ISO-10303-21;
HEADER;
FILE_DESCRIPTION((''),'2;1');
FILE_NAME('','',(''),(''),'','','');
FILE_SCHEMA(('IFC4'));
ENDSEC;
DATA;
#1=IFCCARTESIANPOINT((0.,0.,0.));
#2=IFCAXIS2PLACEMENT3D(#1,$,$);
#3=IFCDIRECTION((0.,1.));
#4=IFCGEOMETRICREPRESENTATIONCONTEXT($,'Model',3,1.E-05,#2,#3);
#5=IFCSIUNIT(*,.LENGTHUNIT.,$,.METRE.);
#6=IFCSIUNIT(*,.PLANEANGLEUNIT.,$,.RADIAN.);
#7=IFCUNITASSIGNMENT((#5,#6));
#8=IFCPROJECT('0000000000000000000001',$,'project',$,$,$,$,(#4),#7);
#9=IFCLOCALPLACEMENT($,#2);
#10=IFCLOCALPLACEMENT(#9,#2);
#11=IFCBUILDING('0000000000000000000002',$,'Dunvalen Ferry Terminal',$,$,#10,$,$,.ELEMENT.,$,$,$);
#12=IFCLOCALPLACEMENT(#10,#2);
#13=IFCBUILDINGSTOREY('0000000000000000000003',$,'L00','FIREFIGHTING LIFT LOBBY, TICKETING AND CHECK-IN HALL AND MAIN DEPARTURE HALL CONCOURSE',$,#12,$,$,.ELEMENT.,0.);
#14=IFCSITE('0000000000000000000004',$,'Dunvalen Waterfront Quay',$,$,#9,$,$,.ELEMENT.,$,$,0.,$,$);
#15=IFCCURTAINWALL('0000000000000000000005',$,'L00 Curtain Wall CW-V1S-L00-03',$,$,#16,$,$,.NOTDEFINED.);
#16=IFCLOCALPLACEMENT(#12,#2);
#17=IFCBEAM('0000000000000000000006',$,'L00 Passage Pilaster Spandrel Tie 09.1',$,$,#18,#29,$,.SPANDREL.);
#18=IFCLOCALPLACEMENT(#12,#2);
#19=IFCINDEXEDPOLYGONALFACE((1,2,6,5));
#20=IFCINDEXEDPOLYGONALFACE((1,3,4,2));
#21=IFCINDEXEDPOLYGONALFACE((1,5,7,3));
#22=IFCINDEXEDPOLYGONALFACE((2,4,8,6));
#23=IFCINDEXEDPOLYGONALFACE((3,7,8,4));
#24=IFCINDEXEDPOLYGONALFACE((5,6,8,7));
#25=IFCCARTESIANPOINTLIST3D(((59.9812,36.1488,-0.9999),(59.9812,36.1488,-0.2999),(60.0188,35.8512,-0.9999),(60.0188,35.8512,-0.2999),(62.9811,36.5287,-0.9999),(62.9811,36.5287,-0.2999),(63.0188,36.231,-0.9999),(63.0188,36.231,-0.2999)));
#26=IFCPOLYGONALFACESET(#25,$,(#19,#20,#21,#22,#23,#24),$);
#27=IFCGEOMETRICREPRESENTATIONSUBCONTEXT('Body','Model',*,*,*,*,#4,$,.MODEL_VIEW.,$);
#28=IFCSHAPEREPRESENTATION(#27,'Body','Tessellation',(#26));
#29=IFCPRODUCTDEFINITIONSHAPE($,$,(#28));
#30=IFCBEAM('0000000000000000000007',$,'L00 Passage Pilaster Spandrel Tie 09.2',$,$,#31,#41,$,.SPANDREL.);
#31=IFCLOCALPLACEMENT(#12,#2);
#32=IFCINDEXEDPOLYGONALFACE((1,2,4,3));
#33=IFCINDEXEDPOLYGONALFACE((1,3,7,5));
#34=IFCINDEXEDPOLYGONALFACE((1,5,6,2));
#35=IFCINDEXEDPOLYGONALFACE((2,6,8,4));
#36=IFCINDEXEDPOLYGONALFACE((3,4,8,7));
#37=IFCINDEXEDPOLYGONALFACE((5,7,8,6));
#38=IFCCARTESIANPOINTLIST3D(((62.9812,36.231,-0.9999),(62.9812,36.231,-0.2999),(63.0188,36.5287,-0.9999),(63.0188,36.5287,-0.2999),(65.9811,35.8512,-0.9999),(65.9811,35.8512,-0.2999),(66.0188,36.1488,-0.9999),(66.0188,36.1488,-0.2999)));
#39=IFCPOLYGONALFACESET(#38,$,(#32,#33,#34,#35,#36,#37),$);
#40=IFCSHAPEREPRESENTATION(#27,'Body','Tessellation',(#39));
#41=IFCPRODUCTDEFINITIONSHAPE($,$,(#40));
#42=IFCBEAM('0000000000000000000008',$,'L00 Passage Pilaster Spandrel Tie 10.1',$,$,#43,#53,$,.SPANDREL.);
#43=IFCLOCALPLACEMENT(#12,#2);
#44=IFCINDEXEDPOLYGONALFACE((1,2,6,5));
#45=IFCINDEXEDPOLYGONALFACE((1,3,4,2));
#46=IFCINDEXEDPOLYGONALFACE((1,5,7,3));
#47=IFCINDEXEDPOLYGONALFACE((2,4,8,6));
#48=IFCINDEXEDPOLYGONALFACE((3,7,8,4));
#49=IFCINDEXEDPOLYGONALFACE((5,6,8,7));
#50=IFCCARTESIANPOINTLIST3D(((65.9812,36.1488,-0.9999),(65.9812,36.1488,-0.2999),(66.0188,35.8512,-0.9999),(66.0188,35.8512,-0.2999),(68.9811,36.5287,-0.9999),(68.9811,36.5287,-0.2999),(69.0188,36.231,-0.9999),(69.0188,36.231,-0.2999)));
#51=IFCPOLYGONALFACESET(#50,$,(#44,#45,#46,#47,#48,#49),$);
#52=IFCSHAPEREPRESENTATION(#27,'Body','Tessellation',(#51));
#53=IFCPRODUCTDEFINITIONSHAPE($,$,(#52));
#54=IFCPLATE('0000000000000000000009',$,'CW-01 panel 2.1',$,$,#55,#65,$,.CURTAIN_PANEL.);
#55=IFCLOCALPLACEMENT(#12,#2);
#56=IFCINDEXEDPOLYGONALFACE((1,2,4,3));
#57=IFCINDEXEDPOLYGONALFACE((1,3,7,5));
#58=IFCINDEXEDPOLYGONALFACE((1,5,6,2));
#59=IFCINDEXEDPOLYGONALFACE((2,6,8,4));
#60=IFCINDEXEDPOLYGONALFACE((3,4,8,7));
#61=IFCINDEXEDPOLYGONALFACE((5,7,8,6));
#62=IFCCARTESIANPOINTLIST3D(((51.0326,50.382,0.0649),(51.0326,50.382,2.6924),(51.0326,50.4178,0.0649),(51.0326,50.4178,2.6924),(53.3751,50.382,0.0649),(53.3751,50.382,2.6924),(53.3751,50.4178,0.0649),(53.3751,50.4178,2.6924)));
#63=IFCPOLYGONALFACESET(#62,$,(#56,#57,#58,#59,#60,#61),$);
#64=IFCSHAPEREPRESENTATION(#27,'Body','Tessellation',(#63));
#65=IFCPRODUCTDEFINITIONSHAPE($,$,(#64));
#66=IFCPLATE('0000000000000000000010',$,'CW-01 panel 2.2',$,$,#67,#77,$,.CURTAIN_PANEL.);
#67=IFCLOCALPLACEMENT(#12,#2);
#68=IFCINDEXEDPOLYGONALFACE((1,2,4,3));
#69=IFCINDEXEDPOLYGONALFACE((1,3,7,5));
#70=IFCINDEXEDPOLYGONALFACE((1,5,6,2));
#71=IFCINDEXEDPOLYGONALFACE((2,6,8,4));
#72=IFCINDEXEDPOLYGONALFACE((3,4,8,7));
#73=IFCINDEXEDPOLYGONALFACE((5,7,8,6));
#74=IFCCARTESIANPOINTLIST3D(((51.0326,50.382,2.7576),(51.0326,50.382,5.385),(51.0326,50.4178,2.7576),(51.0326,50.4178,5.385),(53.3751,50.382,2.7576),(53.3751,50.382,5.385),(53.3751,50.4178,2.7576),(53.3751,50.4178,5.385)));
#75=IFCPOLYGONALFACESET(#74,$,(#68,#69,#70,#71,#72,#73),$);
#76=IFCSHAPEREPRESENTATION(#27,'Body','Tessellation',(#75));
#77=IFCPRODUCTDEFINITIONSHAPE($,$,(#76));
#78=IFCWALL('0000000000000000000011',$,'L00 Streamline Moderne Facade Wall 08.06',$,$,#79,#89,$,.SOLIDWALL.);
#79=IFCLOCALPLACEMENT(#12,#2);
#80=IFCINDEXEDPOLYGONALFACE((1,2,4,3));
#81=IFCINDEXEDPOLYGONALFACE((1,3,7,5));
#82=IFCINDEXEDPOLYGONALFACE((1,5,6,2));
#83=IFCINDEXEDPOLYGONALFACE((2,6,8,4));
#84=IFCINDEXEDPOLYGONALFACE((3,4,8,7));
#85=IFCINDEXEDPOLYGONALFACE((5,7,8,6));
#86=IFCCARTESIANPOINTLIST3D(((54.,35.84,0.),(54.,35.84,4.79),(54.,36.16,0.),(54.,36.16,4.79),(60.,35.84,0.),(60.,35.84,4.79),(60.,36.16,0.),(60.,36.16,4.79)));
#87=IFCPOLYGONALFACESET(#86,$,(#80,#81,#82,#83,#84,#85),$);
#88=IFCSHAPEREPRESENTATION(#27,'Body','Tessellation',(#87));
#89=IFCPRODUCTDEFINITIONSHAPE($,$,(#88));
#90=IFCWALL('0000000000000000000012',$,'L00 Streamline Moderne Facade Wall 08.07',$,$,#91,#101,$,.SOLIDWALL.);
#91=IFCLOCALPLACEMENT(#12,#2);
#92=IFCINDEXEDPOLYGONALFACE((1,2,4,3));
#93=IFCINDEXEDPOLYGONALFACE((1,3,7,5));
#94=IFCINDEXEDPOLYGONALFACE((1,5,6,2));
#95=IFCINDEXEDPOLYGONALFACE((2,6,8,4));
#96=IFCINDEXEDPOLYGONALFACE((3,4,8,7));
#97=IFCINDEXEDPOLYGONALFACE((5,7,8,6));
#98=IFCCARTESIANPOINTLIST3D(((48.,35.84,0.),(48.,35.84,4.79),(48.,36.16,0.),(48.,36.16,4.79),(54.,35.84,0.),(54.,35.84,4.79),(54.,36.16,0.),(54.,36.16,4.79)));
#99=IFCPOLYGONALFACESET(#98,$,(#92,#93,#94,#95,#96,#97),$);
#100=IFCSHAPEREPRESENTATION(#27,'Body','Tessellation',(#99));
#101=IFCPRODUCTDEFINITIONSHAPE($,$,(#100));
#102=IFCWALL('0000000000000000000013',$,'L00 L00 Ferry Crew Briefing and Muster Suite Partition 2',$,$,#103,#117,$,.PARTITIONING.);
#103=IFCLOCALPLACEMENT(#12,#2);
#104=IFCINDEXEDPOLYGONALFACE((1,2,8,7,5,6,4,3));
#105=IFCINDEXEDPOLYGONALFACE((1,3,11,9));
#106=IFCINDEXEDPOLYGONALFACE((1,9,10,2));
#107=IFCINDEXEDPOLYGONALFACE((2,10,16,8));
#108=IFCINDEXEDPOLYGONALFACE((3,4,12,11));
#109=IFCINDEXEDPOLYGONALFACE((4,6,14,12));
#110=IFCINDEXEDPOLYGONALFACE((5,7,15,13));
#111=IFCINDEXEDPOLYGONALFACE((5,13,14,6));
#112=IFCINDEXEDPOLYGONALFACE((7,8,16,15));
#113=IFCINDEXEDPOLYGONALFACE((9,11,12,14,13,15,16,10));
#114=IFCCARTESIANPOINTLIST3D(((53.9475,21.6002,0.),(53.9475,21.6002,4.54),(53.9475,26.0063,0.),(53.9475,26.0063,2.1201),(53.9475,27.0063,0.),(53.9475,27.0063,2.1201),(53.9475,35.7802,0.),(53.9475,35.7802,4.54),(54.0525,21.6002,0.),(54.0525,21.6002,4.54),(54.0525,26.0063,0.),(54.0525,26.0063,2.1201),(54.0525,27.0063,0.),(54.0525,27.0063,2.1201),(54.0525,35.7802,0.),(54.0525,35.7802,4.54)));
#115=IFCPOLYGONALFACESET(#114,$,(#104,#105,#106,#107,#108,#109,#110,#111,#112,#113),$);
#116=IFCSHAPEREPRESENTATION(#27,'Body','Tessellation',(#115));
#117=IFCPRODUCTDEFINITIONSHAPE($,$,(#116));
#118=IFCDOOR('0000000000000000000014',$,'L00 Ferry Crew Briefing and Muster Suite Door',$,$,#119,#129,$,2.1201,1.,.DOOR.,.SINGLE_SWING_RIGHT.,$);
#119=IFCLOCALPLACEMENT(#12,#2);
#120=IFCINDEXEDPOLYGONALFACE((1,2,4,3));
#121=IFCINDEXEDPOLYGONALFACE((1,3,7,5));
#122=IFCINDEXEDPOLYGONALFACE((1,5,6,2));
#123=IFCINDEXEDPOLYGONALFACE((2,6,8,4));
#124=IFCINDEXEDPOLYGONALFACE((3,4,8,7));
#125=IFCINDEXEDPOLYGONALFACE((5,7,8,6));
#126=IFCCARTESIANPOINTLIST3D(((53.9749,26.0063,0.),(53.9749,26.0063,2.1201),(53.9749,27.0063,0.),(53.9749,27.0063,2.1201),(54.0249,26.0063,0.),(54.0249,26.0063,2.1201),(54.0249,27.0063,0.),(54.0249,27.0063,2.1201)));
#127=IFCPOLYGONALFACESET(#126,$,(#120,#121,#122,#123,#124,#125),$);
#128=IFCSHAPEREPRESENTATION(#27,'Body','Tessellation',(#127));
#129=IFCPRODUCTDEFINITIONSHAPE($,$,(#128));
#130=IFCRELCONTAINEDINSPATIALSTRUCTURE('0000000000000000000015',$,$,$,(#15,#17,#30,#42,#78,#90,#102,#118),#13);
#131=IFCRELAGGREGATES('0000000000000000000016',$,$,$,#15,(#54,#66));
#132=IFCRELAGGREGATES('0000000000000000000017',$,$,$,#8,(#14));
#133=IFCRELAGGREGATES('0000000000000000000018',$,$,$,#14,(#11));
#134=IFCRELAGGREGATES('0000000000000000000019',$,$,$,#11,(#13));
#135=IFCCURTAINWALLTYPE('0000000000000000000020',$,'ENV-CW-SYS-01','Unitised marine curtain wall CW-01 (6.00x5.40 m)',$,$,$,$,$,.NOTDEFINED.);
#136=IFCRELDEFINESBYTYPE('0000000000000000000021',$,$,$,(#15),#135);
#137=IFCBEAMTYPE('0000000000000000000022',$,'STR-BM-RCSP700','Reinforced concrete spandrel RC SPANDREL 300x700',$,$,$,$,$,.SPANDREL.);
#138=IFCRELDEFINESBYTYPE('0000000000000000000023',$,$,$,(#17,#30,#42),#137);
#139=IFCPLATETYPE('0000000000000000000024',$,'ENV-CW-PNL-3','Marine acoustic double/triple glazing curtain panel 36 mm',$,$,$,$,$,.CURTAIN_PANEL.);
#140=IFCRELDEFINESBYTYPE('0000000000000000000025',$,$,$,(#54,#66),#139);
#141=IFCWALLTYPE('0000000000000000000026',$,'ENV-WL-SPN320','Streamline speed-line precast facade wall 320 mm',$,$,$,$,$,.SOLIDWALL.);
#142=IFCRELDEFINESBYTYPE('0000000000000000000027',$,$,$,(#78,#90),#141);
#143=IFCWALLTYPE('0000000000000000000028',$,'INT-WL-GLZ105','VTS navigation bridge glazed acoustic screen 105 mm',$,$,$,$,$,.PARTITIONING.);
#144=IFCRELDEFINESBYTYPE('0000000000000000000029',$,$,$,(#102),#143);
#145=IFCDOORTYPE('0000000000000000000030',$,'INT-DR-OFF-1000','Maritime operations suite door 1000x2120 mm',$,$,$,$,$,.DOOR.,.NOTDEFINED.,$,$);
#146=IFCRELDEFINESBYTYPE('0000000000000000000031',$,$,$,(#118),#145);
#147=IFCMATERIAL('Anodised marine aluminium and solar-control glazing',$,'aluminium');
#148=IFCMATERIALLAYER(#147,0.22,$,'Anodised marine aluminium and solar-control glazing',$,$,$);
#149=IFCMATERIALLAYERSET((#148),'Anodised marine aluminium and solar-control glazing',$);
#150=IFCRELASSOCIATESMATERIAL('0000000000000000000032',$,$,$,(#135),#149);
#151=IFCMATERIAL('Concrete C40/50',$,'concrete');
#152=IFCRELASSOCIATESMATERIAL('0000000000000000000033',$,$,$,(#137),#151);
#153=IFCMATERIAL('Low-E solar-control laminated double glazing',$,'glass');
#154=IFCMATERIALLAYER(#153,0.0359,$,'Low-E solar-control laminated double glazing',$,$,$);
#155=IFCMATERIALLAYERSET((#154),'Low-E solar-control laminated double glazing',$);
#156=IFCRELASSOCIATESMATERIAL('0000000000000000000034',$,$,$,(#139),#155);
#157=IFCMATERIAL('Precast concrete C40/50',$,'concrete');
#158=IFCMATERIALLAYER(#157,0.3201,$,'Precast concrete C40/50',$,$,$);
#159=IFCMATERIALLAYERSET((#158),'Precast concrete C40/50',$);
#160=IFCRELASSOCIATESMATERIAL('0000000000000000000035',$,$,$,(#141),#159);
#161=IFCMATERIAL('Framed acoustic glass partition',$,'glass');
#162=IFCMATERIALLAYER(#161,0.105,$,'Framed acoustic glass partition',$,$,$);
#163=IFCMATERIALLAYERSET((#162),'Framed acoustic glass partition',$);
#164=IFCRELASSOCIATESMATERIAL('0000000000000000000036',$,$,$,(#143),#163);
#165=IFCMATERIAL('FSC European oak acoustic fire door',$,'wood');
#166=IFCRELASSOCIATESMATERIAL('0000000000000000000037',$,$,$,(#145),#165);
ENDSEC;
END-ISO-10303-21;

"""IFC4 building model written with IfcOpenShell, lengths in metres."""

from ifc_helpers import new_model, si_unit, direction, frame, frame_2d, origin, origin_2d, place, context, subcontext, project, spatial, rectangle, extrude, material, layer, layer_set, material_profile, profile_set, type_object, element, fill, aggregate, save


model = new_model("IFC4")

# Units and contexts
model_context = context("Model", 3, precision=1e-05, world=origin(), true_north=direction((0.0, 1.0)))
body_context = subcontext(model_context, "Body", "Model", "MODEL_VIEW")
ifc_project = project(units=[si_unit("LENGTHUNIT", "METRE"), si_unit("PLANEANGLEUNIT", "RADIAN")], contexts=[model_context])

# Site, building, storey
site_placement = place(None, origin())
site = spatial("IfcSite", under=ifc_project, at=site_placement, Name="Dunvalen Waterfront Quay", CompositionType="ELEMENT", RefElevation=0.0)
building_placement = place(site_placement, origin())
building = spatial("IfcBuilding", under=site, at=building_placement, Name="Dunvalen Ferry Terminal", CompositionType="ELEMENT")
storey_placement = place(building_placement, origin())
storey = spatial("IfcBuildingStorey", under=building, at=storey_placement, Name="L00", Description="FIREFIGHTING LIFT LOBBY, TICKETING AND CHECK-IN HALL AND MAIN DEPARTURE HALL CONCOURSE", CompositionType="ELEMENT", Elevation=0.0)

# Shared definitions
ifc_material_1 = material(Name="Concrete C40/50", Category="concrete")

# Curtain wall
ifc_material_2 = material(Name="Anodised marine aluminium and solar-control glazing", Category="aluminium")
ifc_layer_1 = layer(ifc_material_2, 0.22, Name="Anodised marine aluminium and solar-control glazing")
ifc_layer_set_1 = layer_set([ifc_layer_1], Name="Anodised marine aluminium and solar-control glazing")
curtain_wall_type = type_object("IfcCurtainWallType", Name="ENV-CW-SYS-01", Description="Unitised marine curtain wall CW-01 (6.00x5.40 m)", PredefinedType="NOTDEFINED", material=ifc_layer_set_1)
curtain_wall_placement = place(storey_placement, origin())
curtain_wall = element("IfcCurtainWall", 1, at=curtain_wall_placement, inside=storey, type_object=curtain_wall_type, Name="L00 Curtain Wall CW-V1S-L00-03", PredefinedType="NOTDEFINED")

# Beams
ifc_material_profile_1 = material_profile(ifc_material_1, rectangle(XDim=0.3, YDim=0.7, at=origin_2d()), Name="Concrete C40/50")
ifc_profile_set_1 = profile_set([ifc_material_profile_1], Name="Concrete C40/50")
beam_type = type_object("IfcBeamType", Name="STR-BM-RCSP700", Description="Reinforced concrete spandrel RC SPANDREL 300x700", PredefinedType="SPANDREL", material=ifc_profile_set_1)
for number, where, z_axis, x_axis, name in (
    (2, (60.0, 36.0, -0.6499), (0.992078, 0.125624, 0.0), (-0.125624, 0.992078, 0.0), "L00 Passage Pilaster Spandrel Tie 09.1"),
    (3, (63.0, 36.3799, -0.6499), (0.992078, -0.125624, 0.0), (0.125624, 0.992078, 0.0), "L00 Passage Pilaster Spandrel Tie 09.2"),
    (4, (66.0, 36.0, -0.6499), (0.992078, 0.125624, 0.0), (-0.125624, 0.992078, 0.0), "L00 Passage Pilaster Spandrel Tie 10.1"),
):
    element("IfcBeam", number, at=place(storey_placement, frame(where, z_axis=z_axis, x_axis=x_axis)), inside=storey, type_object=beam_type, Name=name, PredefinedType="SPANDREL", context=body_context, shape_type="SweptSolid", body=[
        extrude(rectangle(XDim=0.3, YDim=0.7, at=origin_2d()), origin(), (0.0, 0.0, 1.0), 3.0239),
    ])

# Plates
ifc_material_3 = material(Name="Low-E solar-control laminated double glazing", Category="glass")
ifc_layer_2 = layer(ifc_material_3, 0.0359, Name="Low-E solar-control laminated double glazing")
ifc_layer_set_2 = layer_set([ifc_layer_2], Name="Low-E solar-control laminated double glazing")
plate_type = type_object("IfcPlateType", Name="ENV-CW-PNL-3", Description="Marine acoustic double/triple glazing curtain panel 36 mm", PredefinedType="CURTAIN_PANEL", material=ifc_layer_set_2)
plate_1_placement = place(storey_placement, frame((52.2039, 50.3999, 0.0649), z_axis=(0.0, 0.0, 1.0), x_axis=(1.0, 0.0, 0.0)))
plate_1 = element("IfcPlate", 5, at=plate_1_placement, type_object=plate_type, Name="CW-01 panel 2.1", PredefinedType="CURTAIN_PANEL", context=body_context, shape_type="SweptSolid", body=[
    extrude(rectangle(XDim=2.3425, YDim=0.0359, at=origin_2d()), origin(), (0.0, 0.0, 1.0), 2.6274),
])
plate_2_placement = place(storey_placement, frame((52.2039, 50.3999, 2.7576), z_axis=(0.0, 0.0, 1.0), x_axis=(1.0, 0.0, 0.0)))
plate_2 = element("IfcPlate", 6, at=plate_2_placement, type_object=plate_type, Name="CW-01 panel 2.2", PredefinedType="CURTAIN_PANEL", context=body_context, shape_type="SweptSolid", body=[
    extrude(rectangle(XDim=2.3425, YDim=0.0359, at=origin_2d()), origin(), (0.0, 0.0, 1.0), 2.6274),
])
aggregate(curtain_wall, [plate_1, plate_2])

# Shared definitions
ifc_material_4 = material(Name="Precast concrete C40/50", Category="concrete")
ifc_layer_3 = layer(ifc_material_4, 0.3201, Name="Precast concrete C40/50")
ifc_layer_set_3 = layer_set([ifc_layer_3], Name="Precast concrete C40/50")
wall_type_1 = type_object("IfcWallType", Name="ENV-WL-SPN320", Description="Streamline speed-line precast facade wall 320 mm", PredefinedType="SOLIDWALL", material=ifc_layer_set_3)

# Walls
for number, where, z_axis, x_axis, name in (
    (7, (60.0, 36.0, 0.0), (0.0, 0.0, 1.0), (-1.0, 0.0, 0.0), "L00 Streamline Moderne Facade Wall 08.06"),
    (8, (54.0, 36.0, 0.0), (0.0, 0.0, 1.0), (-1.0, 0.0, 0.0), "L00 Streamline Moderne Facade Wall 08.07"),
):
    element("IfcWall", number, at=place(storey_placement, frame(where, z_axis=z_axis, x_axis=x_axis)), inside=storey, type_object=wall_type_1, Name=name, PredefinedType="SOLIDWALL", context=body_context, shape_type="SweptSolid", body=[
        extrude(rectangle(XDim=6.0, YDim=0.3201, at=frame_2d((3.0, 0.0))), origin(), (0.0, 0.0, 1.0), 4.79),
    ])

# Wall, opening, door
ifc_material_5 = material(Name="Framed acoustic glass partition", Category="glass")
ifc_layer_4 = layer(ifc_material_5, 0.105, Name="Framed acoustic glass partition")
ifc_layer_set_4 = layer_set([ifc_layer_4], Name="Framed acoustic glass partition")
wall_type_2 = type_object("IfcWallType", Name="INT-WL-GLZ105", Description="VTS navigation bridge glazed acoustic screen 105 mm", PredefinedType="PARTITIONING", material=ifc_layer_set_4)
wall_1_placement = place(storey_placement, frame((54.0, 35.78, 0.0), z_axis=(0.0, 0.0, 1.0), x_axis=(0.0, -1.0, 0.0)))
wall_1 = element("IfcWall", 9, at=wall_1_placement, inside=storey, type_object=wall_type_2, Name="L00 L00 Ferry Crew Briefing and Muster Suite Partition 2", PredefinedType="PARTITIONING", context=body_context, shape_type="SweptSolid", body=[
    extrude(rectangle(XDim=14.1799, YDim=0.105, at=frame_2d((7.0898, 0.0))), origin(), (0.0, 0.0, 1.0), 4.54),
])
opening_1_placement = place(wall_1_placement, frame((8.7737, 0.0, 0.0)))
opening_1 = element("IfcOpeningElement", 10, at=opening_1_placement, cuts=wall_1, PredefinedType="OPENING", context=body_context, shape_type="SweptSolid", body=[
    extrude(rectangle(XDim=1.0, YDim=2.1201, at=frame_2d((0.5, 1.0601))), frame((0.0, 0.0625, 0.0), z_axis=(0.0, -1.0, 0.0), x_axis=(1.0, 0.0, 0.0)), (0.0, 0.0, 1.0), 0.125),
])
ifc_material_6 = material(Name="FSC European oak acoustic fire door", Category="wood")
door_type_1 = type_object("IfcDoorType", Name="INT-DR-OFF-1000", Description="Maritime operations suite door 1000x2120 mm", OperationType="NOTDEFINED", PredefinedType="DOOR", material=ifc_material_6)
door_1_placement = place(opening_1_placement, origin())
door_1 = element("IfcDoor", 11, at=door_1_placement, inside=storey, type_object=door_type_1, Name="L00 Ferry Crew Briefing and Muster Suite Door", OperationType="SINGLE_SWING_RIGHT", OverallHeight=2.1201, OverallWidth=1.0, PredefinedType="DOOR", context=body_context, shape_type="SweptSolid", body=[
    extrude(rectangle(XDim=1.0, YDim=2.1201, at=frame_2d((0.5, 1.0601))), frame((0.0, 0.0249, 0.0), z_axis=(0.0, -1.0, 0.0), x_axis=(1.0, 0.0, 0.0)), (0.0, 0.0, 1.0), 0.05),
])
fill(opening_1, door_1)

save(model, "model.ifc")
